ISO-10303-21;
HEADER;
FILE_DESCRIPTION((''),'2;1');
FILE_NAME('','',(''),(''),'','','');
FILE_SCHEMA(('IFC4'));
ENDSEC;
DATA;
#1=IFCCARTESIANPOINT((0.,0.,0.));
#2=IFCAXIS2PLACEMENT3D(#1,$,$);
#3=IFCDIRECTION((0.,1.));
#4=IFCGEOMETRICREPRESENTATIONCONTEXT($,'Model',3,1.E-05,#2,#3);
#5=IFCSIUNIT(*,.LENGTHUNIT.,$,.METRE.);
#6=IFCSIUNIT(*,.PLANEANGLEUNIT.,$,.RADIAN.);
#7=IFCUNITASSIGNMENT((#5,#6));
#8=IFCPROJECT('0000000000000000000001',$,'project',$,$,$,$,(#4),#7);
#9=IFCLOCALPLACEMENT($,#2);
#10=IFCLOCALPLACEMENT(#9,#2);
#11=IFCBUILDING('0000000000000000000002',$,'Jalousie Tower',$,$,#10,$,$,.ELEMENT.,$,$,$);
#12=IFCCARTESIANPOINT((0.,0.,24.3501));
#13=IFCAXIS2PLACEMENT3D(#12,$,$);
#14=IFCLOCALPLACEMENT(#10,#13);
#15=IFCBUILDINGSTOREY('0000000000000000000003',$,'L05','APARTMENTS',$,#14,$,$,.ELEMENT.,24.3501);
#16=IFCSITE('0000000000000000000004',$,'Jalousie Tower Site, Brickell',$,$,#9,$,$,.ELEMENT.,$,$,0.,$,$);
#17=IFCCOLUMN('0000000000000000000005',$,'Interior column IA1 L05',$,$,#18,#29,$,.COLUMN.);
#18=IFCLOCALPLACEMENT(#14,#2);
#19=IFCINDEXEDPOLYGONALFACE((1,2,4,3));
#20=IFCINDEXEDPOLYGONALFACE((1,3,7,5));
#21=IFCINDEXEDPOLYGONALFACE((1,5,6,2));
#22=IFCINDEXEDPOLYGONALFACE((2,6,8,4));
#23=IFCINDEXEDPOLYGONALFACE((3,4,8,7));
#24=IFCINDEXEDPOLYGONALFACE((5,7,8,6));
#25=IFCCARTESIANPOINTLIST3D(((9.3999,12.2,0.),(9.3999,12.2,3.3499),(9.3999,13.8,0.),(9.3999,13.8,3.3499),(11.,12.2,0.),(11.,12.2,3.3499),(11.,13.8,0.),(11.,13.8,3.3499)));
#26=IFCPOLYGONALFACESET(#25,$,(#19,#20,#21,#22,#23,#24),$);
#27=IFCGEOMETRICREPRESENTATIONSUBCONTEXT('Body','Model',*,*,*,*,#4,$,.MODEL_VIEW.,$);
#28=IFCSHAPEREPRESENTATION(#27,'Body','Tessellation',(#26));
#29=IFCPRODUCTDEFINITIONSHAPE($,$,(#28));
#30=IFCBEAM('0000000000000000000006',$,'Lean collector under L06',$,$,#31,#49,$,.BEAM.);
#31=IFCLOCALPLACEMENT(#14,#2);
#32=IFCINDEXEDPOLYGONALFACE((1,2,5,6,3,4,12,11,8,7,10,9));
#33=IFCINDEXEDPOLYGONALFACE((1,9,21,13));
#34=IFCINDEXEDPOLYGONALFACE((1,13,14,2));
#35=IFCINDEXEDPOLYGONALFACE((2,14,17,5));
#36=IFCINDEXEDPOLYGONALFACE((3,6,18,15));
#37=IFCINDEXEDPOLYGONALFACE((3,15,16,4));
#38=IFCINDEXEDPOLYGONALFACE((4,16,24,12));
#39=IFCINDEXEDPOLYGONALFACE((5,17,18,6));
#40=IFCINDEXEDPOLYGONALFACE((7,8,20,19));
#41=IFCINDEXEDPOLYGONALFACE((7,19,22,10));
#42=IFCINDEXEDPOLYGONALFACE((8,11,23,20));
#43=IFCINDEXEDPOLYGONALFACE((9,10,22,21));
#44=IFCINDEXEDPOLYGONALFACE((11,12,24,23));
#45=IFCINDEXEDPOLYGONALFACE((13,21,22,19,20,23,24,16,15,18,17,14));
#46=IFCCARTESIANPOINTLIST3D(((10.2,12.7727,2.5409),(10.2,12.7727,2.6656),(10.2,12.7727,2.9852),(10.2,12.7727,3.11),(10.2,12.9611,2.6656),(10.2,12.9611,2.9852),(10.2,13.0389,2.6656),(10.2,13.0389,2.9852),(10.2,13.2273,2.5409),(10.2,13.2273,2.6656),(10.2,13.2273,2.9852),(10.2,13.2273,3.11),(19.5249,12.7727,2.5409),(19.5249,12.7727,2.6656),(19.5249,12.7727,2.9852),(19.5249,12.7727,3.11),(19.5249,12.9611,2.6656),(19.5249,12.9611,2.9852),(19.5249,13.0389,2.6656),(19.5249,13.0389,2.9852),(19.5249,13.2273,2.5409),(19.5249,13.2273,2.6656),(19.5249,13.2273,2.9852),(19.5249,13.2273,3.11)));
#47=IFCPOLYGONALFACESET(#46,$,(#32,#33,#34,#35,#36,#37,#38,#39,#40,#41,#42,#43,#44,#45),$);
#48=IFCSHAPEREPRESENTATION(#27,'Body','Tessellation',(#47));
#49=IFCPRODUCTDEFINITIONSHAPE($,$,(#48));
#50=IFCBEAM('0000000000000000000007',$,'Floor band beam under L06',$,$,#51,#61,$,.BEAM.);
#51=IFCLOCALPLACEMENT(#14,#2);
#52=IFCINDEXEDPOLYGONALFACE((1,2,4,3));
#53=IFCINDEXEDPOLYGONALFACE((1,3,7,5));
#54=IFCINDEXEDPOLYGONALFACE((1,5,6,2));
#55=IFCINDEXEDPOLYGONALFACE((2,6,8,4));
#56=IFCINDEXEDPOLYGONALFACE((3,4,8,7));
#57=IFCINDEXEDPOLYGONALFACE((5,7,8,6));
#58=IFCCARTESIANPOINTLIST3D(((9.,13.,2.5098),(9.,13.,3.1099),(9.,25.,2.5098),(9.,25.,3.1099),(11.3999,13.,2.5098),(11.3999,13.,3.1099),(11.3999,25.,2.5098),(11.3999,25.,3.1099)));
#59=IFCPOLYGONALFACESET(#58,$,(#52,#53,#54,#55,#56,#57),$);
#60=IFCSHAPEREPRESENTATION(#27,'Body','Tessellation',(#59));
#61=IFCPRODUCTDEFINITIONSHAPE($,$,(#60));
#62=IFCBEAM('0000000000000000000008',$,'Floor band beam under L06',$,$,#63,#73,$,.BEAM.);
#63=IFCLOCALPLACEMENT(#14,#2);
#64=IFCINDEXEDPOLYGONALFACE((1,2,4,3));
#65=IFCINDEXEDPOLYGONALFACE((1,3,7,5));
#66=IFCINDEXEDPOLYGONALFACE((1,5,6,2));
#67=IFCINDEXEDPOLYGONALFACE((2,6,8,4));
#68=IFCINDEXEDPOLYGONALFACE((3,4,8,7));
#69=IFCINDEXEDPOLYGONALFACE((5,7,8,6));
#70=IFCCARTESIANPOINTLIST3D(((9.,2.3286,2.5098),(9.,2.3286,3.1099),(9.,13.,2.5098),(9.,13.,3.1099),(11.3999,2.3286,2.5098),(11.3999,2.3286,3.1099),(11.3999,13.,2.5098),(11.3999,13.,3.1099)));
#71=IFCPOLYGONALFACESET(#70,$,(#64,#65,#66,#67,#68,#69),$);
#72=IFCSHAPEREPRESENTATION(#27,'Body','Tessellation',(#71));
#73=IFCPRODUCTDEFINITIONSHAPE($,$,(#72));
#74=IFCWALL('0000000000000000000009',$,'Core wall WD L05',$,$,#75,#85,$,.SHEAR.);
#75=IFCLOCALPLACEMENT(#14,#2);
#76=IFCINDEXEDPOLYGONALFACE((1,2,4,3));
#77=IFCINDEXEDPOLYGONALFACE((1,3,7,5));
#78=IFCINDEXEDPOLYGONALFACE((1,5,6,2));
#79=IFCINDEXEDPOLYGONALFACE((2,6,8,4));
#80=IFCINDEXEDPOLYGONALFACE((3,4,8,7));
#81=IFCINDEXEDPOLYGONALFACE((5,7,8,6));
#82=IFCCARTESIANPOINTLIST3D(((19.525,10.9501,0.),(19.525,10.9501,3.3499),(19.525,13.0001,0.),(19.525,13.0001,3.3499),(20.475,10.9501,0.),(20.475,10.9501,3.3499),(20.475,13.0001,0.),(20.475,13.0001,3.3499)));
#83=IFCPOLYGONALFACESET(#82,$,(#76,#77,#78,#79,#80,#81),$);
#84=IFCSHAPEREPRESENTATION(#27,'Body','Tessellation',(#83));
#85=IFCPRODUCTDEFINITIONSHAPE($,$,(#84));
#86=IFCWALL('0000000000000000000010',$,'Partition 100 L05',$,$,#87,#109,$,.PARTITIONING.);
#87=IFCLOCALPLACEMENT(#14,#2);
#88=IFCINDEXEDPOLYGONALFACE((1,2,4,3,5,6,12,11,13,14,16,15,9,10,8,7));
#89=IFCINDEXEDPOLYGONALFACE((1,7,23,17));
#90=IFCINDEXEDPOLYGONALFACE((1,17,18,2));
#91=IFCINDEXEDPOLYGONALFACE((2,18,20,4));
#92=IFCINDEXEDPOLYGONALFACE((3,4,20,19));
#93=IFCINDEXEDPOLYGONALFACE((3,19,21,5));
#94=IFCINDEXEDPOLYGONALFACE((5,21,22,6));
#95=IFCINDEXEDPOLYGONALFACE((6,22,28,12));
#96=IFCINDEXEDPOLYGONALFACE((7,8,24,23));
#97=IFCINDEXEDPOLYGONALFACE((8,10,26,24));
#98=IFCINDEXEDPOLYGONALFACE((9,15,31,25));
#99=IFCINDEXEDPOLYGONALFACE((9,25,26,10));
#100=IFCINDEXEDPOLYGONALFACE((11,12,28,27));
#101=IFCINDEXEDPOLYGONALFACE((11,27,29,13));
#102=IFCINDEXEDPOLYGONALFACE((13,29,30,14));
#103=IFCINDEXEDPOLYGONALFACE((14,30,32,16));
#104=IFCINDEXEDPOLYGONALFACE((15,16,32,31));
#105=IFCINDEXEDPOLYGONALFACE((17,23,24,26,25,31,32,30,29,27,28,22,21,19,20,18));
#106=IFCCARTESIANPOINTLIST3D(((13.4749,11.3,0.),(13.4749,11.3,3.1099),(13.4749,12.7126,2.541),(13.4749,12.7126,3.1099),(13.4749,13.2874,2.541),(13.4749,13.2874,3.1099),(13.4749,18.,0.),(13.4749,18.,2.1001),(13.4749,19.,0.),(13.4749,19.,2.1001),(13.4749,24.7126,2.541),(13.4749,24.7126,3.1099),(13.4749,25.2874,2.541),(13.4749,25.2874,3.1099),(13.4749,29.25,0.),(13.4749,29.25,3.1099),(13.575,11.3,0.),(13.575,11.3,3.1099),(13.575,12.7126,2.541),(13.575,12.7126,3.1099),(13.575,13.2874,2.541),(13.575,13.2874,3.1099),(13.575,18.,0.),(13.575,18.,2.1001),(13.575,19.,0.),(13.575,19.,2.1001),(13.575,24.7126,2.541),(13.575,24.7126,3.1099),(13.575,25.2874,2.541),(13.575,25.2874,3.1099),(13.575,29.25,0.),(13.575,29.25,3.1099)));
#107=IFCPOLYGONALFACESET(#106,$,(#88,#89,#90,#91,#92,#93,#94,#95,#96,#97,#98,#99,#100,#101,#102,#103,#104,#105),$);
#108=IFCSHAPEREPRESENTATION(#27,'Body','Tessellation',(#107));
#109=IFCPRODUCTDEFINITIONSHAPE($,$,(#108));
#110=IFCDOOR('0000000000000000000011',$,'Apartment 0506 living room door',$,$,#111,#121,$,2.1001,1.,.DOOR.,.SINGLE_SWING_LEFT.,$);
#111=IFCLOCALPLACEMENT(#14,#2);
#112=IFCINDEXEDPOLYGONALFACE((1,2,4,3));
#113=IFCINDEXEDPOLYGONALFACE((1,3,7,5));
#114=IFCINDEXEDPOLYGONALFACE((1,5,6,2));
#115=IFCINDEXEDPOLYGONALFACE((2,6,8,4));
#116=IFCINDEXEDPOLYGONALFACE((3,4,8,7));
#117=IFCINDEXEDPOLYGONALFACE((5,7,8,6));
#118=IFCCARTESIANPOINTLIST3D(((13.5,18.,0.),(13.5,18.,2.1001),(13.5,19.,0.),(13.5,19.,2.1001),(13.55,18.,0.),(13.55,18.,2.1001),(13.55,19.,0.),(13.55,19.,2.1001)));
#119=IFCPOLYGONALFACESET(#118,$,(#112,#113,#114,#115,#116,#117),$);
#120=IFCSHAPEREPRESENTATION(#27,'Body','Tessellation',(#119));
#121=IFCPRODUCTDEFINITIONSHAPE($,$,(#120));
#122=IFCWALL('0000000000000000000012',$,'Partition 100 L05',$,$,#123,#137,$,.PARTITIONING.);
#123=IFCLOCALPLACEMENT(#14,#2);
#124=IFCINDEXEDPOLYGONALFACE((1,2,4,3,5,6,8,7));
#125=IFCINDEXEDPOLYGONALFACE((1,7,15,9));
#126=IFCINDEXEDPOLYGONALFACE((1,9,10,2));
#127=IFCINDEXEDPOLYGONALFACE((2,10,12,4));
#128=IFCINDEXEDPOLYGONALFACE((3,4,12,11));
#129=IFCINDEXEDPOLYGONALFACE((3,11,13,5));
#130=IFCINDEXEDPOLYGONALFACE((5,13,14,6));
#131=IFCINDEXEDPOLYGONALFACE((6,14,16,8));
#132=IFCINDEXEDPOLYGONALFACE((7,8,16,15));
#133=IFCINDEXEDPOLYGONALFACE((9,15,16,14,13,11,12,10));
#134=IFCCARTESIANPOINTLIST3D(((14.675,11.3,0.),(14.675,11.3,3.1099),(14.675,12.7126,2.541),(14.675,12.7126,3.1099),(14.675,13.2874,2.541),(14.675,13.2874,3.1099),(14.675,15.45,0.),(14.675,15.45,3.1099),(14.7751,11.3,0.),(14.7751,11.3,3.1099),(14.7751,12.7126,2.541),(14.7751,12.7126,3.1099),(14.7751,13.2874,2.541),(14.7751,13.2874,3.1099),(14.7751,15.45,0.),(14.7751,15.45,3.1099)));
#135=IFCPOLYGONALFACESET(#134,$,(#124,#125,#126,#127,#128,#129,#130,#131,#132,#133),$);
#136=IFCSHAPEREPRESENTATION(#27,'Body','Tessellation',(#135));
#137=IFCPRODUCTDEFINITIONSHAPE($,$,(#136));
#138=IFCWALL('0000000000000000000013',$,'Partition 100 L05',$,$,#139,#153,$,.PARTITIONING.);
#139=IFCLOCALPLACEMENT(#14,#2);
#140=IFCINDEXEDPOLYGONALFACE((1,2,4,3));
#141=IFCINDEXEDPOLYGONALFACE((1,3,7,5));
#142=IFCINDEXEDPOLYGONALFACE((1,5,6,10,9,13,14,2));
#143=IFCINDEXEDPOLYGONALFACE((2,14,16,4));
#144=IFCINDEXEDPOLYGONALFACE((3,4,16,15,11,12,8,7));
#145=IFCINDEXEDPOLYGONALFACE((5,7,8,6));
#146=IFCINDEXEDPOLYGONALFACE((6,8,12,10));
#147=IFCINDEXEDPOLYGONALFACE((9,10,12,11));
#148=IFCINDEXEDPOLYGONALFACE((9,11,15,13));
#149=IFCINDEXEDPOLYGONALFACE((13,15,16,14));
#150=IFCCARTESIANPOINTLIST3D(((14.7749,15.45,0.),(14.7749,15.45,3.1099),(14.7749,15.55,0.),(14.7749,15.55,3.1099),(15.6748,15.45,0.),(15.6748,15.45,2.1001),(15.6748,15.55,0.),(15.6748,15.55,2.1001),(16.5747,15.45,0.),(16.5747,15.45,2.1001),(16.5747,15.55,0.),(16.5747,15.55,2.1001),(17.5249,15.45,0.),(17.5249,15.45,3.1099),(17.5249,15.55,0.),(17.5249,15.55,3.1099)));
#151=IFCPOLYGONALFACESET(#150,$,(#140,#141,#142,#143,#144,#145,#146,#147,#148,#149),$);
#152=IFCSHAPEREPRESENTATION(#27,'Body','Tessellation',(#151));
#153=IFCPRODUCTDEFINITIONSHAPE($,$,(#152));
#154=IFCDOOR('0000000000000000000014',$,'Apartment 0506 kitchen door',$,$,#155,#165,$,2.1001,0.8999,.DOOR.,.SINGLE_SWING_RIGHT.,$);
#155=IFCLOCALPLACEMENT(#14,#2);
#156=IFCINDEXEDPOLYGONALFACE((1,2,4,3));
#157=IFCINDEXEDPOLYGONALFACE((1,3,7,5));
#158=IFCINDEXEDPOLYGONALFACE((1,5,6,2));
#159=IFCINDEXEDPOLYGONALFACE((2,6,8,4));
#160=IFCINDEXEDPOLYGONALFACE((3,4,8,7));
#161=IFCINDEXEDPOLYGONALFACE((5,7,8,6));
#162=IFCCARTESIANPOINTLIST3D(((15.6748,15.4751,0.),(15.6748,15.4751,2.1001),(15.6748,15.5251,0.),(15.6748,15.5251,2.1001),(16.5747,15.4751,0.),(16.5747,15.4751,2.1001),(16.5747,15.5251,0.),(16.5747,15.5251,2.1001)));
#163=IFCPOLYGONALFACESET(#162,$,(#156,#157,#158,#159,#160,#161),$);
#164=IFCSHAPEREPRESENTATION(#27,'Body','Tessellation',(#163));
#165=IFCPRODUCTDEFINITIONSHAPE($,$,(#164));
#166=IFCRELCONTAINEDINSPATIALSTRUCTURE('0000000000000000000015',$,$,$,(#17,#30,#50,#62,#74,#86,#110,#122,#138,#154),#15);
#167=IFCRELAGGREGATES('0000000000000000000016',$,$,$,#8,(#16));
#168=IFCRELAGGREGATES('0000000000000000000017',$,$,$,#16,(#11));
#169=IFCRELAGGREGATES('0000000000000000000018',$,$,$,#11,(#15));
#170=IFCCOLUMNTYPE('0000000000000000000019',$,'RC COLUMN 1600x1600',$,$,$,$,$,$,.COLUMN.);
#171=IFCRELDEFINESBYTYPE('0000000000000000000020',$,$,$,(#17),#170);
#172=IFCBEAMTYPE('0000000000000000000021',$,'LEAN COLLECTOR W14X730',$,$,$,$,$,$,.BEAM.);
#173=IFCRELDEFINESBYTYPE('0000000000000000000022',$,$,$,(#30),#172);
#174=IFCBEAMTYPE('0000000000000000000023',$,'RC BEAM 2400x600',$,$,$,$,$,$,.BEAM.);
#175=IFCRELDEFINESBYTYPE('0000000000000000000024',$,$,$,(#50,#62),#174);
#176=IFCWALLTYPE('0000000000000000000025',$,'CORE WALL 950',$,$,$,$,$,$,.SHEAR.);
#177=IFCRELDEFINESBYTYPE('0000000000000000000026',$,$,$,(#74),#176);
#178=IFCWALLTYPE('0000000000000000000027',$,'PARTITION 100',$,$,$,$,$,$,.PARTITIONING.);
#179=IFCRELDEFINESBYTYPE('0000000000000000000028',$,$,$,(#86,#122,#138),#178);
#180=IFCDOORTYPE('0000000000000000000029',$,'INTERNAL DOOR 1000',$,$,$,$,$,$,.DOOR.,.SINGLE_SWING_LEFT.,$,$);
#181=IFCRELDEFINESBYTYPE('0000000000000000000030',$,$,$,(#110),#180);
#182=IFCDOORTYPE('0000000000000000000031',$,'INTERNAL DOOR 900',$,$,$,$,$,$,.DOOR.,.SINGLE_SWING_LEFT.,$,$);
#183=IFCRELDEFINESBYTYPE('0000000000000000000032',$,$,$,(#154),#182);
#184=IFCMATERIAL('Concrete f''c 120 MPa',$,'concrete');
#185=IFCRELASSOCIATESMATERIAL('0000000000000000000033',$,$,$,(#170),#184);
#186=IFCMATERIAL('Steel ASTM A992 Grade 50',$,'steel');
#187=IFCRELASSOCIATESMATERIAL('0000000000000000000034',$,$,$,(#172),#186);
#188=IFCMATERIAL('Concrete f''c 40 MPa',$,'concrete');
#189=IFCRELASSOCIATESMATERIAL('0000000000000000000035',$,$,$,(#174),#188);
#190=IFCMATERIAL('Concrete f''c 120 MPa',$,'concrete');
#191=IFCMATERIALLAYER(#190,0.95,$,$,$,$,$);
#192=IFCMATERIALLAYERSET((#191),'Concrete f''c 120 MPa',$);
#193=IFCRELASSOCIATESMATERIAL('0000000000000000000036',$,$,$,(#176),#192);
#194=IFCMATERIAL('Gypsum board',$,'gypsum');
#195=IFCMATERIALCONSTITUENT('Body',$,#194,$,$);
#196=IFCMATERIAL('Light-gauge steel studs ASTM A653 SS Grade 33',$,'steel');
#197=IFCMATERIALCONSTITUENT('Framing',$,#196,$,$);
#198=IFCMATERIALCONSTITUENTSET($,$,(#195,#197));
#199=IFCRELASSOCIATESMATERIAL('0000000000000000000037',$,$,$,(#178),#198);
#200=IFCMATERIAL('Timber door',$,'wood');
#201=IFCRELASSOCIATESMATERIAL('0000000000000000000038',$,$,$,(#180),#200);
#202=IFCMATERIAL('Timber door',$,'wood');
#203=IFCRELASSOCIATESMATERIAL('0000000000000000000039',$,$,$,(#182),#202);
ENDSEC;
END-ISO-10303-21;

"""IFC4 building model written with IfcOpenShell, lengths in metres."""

from ifc_helpers import new_model, si_unit, direction, frame, frame_2d, origin, origin_2d, place, context, subcontext, project, spatial, polyline, rectangle, i_section, outline, extrude, material, layer, layer_set, constituent, constituent_set, material_profile, profile_set, type_object, element, fill, save


model = new_model("IFC4")

# Units and contexts
model_context = context("Model", 3, precision=1e-05, world=origin(), true_north=direction((0.0, 1.0)))
body_context = subcontext(model_context, "Body", "Model", "MODEL_VIEW")
ifc_project = project(units=[si_unit("LENGTHUNIT", "METRE"), si_unit("PLANEANGLEUNIT", "RADIAN")], contexts=[model_context])

# Site, building, storey
site_placement = place(None, origin())
site = spatial("IfcSite", under=ifc_project, at=site_placement, Name="Jalousie Tower Site, Brickell", CompositionType="ELEMENT", RefElevation=0.0)
building_placement = place(site_placement, origin())
building = spatial("IfcBuilding", under=site, at=building_placement, Name="Jalousie Tower", CompositionType="ELEMENT")
storey_placement = place(building_placement, frame((0.0, 0.0, 24.3501)))
storey = spatial("IfcBuildingStorey", under=building, at=storey_placement, Name="L05", Description="APARTMENTS", CompositionType="ELEMENT", Elevation=24.3501)

# Column
ifc_material_1 = material(Name="Concrete f'c 120 MPa", Category="concrete")
ifc_material_profile_1 = material_profile(ifc_material_1, rectangle(XDim=1.6001, YDim=1.6001, at=origin_2d()), Name="RC 1600x1600")
ifc_profile_set_1 = profile_set([ifc_material_profile_1], Name="Concrete f'c 120 MPa")
column_type = type_object("IfcColumnType", Name="RC COLUMN 1600x1600", PredefinedType="COLUMN", material=ifc_profile_set_1)
column_placement = place(storey_placement, frame((10.2, 13.0, 0.0), z_axis=(0.0, 0.0, 1.0), x_axis=(1.0, 0.0, 0.0)))
element("IfcColumn", 1, at=column_placement, inside=storey, type_object=column_type, Name="Interior column IA1 L05", PredefinedType="COLUMN", context=body_context, shape_type="SweptSolid", body=[
    extrude(rectangle(XDim=1.6001, YDim=1.6001, at=origin_2d()), origin(), (0.0, 0.0, 1.0), 3.3499),
])

# Beams
ifc_material_2 = material(Name="Steel ASTM A992 Grade 50", Category="steel")
ifc_material_profile_2 = material_profile(ifc_material_2, i_section(OverallWidth=0.4546, OverallDepth=0.5691, WebThickness=0.0779, FlangeThickness=0.1248, at=origin_2d()), Name="W14X730")
ifc_profile_set_2 = profile_set([ifc_material_profile_2], Name="Steel ASTM A992 Grade 50")
beam_type_1 = type_object("IfcBeamType", Name="LEAN COLLECTOR W14X730", PredefinedType="BEAM", material=ifc_profile_set_2)
beam_1_placement = place(storey_placement, frame((10.2, 13.0, 2.8254), z_axis=(1.0, 0.0, 0.0), x_axis=(0.0, 1.0, 0.0)))
element("IfcBeam", 2, at=beam_1_placement, inside=storey, type_object=beam_type_1, Name="Lean collector under L06", PredefinedType="BEAM", context=body_context, shape_type="SweptSolid", body=[
    extrude(i_section(OverallWidth=0.4546, OverallDepth=0.5691, WebThickness=0.0779, FlangeThickness=0.1248, at=origin_2d()), origin(), (0.0, 0.0, 1.0), 9.325),
])
ifc_material_3 = material(Name="Concrete f'c 40 MPa", Category="concrete")
ifc_material_profile_3 = material_profile(ifc_material_3, rectangle(XDim=2.3999, YDim=0.6001, at=origin_2d()), Name="RC 2400x600")
ifc_profile_set_3 = profile_set([ifc_material_profile_3], Name="Concrete f'c 40 MPa")
beam_type_2 = type_object("IfcBeamType", Name="RC BEAM 2400x600", PredefinedType="BEAM", material=ifc_profile_set_3)
beam_2_placement = place(storey_placement, frame((10.2, 13.0, 2.8098), z_axis=(0.0, 1.0, 0.0), x_axis=(-1.0, 0.0, 0.0)))
element("IfcBeam", 3, at=beam_2_placement, inside=storey, type_object=beam_type_2, Name="Floor band beam under L06", PredefinedType="BEAM", context=body_context, shape_type="SweptSolid", body=[
    extrude(rectangle(XDim=2.3999, YDim=0.6001, at=origin_2d()), origin(), (0.0, 0.0, 1.0), 12.0),
])
beam_3_placement = place(storey_placement, frame((10.2, 13.0, 2.8098), z_axis=(0.0, -1.0, 0.0), x_axis=(1.0, 0.0, 0.0)))
element("IfcBeam", 4, at=beam_3_placement, inside=storey, type_object=beam_type_2, Name="Floor band beam under L06", PredefinedType="BEAM", context=body_context, shape_type="SweptSolid", body=[
    extrude(rectangle(XDim=2.3999, YDim=0.6001, at=origin_2d()), origin(), (0.0, 0.0, 1.0), 10.6714),
])

# Wall
ifc_material_4 = material(Name="Concrete f'c 120 MPa", Category="concrete")
ifc_layer = layer(ifc_material_4, 0.95)
ifc_layer_set = layer_set([ifc_layer], Name="Concrete f'c 120 MPa")
wall_type_1 = type_object("IfcWallType", Name="CORE WALL 950", PredefinedType="SHEAR", material=ifc_layer_set)
wall_1_placement = place(storey_placement, frame((20.0, 13.0, 0.0), z_axis=(0.0, 0.0, 1.0), x_axis=(0.0, -1.0, 0.0)))
element("IfcWall", 5, at=wall_1_placement, inside=storey, type_object=wall_type_1, Name="Core wall WD L05", PredefinedType="SHEAR", context=body_context, shape_type="SweptSolid", body=[
    extrude(rectangle(XDim=2.05, YDim=0.95, at=frame_2d((1.0249, 0.0))), origin(), (0.0, 0.0, 1.0), 3.3499),
])

# Wall, opening, door
ifc_material_5 = material(Name="Gypsum board", Category="gypsum")
ifc_constituent_1 = constituent(ifc_material_5, Name="Body")
ifc_material_6 = material(Name="Light-gauge steel studs ASTM A653 SS Grade 33", Category="steel")
ifc_constituent_2 = constituent(ifc_material_6, Name="Framing")
ifc_constituent_set_1 = constituent_set(constituents=[ifc_constituent_1, ifc_constituent_2])
wall_type_2 = type_object("IfcWallType", Name="PARTITION 100", PredefinedType="PARTITIONING", material=ifc_constituent_set_1)
wall_2_placement = place(storey_placement, frame((13.5249, 11.3, 0.0), z_axis=(0.0, 0.0, 1.0), x_axis=(0.0, 1.0, 0.0)))
wall_2 = element("IfcWall", 6, at=wall_2_placement, inside=storey, type_object=wall_type_2, Name="Partition 100 L05", PredefinedType="PARTITIONING", context=body_context, shape_type="SweptSolid", body=[
    extrude(outline(polyline([(0.0, 0.0), (17.95, 0.0), (17.95, 3.1099), (13.9873, 3.1099), (13.9873, 2.541), (13.4126, 2.541), (13.4126, 3.1099), (1.9873, 3.1099), (1.9873, 2.541), (1.4126, 2.541), (1.4126, 3.1099), (0.0, 3.1099), (0.0, 0.0)])), frame((0.0, 0.05, 0.0), z_axis=(0.0, -1.0, 0.0), x_axis=(1.0, 0.0, 0.0)), (0.0, 0.0, 1.0), 0.1001),
])
opening_1_placement = place(wall_2_placement, frame((6.7, 0.0, 0.0)))
opening_1 = element("IfcOpeningElement", 7, at=opening_1_placement, cuts=wall_2, PredefinedType="OPENING", context=body_context, shape_type="SweptSolid", body=[
    extrude(rectangle(XDim=1.0, YDim=2.1001, at=frame_2d((0.5, 1.05))), frame((0.0, 0.0601, 0.0), z_axis=(0.0, -1.0, 0.0), x_axis=(1.0, 0.0, 0.0)), (0.0, 0.0, 1.0), 0.1201),
])
ifc_material_7 = material(Name="Timber door", Category="wood")
door_type_1 = type_object("IfcDoorType", Name="INTERNAL DOOR 1000", OperationType="SINGLE_SWING_LEFT", PredefinedType="DOOR", material=ifc_material_7)
door_1_placement = place(opening_1_placement, origin())
door_1 = element("IfcDoor", 8, at=door_1_placement, inside=storey, type_object=door_type_1, Name="Apartment 0506 living room door", OperationType="SINGLE_SWING_LEFT", OverallHeight=2.1001, OverallWidth=1.0, PredefinedType="DOOR", context=body_context, shape_type="SweptSolid", body=[
    extrude(rectangle(XDim=1.0, YDim=2.1001, at=frame_2d((0.5, 1.05))), frame((0.0, 0.0249, 0.0), z_axis=(0.0, -1.0, 0.0), x_axis=(1.0, 0.0, 0.0)), (0.0, 0.0, 1.0), 0.05),
])
fill(opening_1, door_1)

# Wall
wall_3_placement = place(storey_placement, frame((14.7251, 11.3, 0.0), z_axis=(0.0, 0.0, 1.0), x_axis=(0.0, 1.0, 0.0)))
element("IfcWall", 9, at=wall_3_placement, inside=storey, type_object=wall_type_2, Name="Partition 100 L05", PredefinedType="PARTITIONING", context=body_context, shape_type="SweptSolid", body=[
    extrude(outline(polyline([(0.0, 0.0), (4.1499, 0.0), (4.1499, 3.1099), (1.9873, 3.1099), (1.9873, 2.541), (1.4126, 2.541), (1.4126, 3.1099), (0.0, 3.1099), (0.0, 0.0)])), frame((0.0, 0.05, 0.0), z_axis=(0.0, -1.0, 0.0), x_axis=(1.0, 0.0, 0.0)), (0.0, 0.0, 1.0), 0.1001),
])

# Wall, opening, door
wall_4_placement = place(storey_placement, frame((14.7749, 15.5, 0.0), z_axis=(0.0, 0.0, 1.0), x_axis=(1.0, 0.0, 0.0)))
wall_4 = element("IfcWall", 10, at=wall_4_placement, inside=storey, type_object=wall_type_2, Name="Partition 100 L05", PredefinedType="PARTITIONING", context=body_context, shape_type="SweptSolid", body=[
    extrude(rectangle(XDim=2.75, YDim=0.1001, at=frame_2d((1.375, 0.0))), origin(), (0.0, 0.0, 1.0), 3.1099),
])
opening_2_placement = place(wall_4_placement, frame((0.8999, 0.0, 0.0)))
opening_2 = element("IfcOpeningElement", 11, at=opening_2_placement, cuts=wall_4, PredefinedType="OPENING", context=body_context, shape_type="SweptSolid", body=[
    extrude(rectangle(XDim=0.8999, YDim=2.1001, at=frame_2d((0.45, 1.05))), frame((0.0, 0.0601, 0.0), z_axis=(0.0, -1.0, 0.0), x_axis=(1.0, 0.0, 0.0)), (0.0, 0.0, 1.0), 0.1201),
])
ifc_material_8 = material(Name="Timber door", Category="wood")
door_type_2 = type_object("IfcDoorType", Name="INTERNAL DOOR 900", OperationType="SINGLE_SWING_LEFT", PredefinedType="DOOR", material=ifc_material_8)
door_2_placement = place(opening_2_placement, frame((0.8999, 0.0, 0.0), z_axis=(0.0, 0.0, 1.0), x_axis=(-1.0, 0.0, 0.0)))
door_2 = element("IfcDoor", 12, at=door_2_placement, inside=storey, type_object=door_type_2, Name="Apartment 0506 kitchen door", OperationType="SINGLE_SWING_RIGHT", OverallHeight=2.1001, OverallWidth=0.8999, PredefinedType="DOOR", context=body_context, shape_type="SweptSolid", body=[
    extrude(rectangle(XDim=0.8999, YDim=2.1001, at=frame_2d((0.45, 1.05))), frame((0.0, 0.0249, 0.0), z_axis=(0.0, -1.0, 0.0), x_axis=(1.0, 0.0, 0.0)), (0.0, 0.0, 1.0), 0.05),
])
fill(opening_2, door_2)

save(model, "model.ifc")
